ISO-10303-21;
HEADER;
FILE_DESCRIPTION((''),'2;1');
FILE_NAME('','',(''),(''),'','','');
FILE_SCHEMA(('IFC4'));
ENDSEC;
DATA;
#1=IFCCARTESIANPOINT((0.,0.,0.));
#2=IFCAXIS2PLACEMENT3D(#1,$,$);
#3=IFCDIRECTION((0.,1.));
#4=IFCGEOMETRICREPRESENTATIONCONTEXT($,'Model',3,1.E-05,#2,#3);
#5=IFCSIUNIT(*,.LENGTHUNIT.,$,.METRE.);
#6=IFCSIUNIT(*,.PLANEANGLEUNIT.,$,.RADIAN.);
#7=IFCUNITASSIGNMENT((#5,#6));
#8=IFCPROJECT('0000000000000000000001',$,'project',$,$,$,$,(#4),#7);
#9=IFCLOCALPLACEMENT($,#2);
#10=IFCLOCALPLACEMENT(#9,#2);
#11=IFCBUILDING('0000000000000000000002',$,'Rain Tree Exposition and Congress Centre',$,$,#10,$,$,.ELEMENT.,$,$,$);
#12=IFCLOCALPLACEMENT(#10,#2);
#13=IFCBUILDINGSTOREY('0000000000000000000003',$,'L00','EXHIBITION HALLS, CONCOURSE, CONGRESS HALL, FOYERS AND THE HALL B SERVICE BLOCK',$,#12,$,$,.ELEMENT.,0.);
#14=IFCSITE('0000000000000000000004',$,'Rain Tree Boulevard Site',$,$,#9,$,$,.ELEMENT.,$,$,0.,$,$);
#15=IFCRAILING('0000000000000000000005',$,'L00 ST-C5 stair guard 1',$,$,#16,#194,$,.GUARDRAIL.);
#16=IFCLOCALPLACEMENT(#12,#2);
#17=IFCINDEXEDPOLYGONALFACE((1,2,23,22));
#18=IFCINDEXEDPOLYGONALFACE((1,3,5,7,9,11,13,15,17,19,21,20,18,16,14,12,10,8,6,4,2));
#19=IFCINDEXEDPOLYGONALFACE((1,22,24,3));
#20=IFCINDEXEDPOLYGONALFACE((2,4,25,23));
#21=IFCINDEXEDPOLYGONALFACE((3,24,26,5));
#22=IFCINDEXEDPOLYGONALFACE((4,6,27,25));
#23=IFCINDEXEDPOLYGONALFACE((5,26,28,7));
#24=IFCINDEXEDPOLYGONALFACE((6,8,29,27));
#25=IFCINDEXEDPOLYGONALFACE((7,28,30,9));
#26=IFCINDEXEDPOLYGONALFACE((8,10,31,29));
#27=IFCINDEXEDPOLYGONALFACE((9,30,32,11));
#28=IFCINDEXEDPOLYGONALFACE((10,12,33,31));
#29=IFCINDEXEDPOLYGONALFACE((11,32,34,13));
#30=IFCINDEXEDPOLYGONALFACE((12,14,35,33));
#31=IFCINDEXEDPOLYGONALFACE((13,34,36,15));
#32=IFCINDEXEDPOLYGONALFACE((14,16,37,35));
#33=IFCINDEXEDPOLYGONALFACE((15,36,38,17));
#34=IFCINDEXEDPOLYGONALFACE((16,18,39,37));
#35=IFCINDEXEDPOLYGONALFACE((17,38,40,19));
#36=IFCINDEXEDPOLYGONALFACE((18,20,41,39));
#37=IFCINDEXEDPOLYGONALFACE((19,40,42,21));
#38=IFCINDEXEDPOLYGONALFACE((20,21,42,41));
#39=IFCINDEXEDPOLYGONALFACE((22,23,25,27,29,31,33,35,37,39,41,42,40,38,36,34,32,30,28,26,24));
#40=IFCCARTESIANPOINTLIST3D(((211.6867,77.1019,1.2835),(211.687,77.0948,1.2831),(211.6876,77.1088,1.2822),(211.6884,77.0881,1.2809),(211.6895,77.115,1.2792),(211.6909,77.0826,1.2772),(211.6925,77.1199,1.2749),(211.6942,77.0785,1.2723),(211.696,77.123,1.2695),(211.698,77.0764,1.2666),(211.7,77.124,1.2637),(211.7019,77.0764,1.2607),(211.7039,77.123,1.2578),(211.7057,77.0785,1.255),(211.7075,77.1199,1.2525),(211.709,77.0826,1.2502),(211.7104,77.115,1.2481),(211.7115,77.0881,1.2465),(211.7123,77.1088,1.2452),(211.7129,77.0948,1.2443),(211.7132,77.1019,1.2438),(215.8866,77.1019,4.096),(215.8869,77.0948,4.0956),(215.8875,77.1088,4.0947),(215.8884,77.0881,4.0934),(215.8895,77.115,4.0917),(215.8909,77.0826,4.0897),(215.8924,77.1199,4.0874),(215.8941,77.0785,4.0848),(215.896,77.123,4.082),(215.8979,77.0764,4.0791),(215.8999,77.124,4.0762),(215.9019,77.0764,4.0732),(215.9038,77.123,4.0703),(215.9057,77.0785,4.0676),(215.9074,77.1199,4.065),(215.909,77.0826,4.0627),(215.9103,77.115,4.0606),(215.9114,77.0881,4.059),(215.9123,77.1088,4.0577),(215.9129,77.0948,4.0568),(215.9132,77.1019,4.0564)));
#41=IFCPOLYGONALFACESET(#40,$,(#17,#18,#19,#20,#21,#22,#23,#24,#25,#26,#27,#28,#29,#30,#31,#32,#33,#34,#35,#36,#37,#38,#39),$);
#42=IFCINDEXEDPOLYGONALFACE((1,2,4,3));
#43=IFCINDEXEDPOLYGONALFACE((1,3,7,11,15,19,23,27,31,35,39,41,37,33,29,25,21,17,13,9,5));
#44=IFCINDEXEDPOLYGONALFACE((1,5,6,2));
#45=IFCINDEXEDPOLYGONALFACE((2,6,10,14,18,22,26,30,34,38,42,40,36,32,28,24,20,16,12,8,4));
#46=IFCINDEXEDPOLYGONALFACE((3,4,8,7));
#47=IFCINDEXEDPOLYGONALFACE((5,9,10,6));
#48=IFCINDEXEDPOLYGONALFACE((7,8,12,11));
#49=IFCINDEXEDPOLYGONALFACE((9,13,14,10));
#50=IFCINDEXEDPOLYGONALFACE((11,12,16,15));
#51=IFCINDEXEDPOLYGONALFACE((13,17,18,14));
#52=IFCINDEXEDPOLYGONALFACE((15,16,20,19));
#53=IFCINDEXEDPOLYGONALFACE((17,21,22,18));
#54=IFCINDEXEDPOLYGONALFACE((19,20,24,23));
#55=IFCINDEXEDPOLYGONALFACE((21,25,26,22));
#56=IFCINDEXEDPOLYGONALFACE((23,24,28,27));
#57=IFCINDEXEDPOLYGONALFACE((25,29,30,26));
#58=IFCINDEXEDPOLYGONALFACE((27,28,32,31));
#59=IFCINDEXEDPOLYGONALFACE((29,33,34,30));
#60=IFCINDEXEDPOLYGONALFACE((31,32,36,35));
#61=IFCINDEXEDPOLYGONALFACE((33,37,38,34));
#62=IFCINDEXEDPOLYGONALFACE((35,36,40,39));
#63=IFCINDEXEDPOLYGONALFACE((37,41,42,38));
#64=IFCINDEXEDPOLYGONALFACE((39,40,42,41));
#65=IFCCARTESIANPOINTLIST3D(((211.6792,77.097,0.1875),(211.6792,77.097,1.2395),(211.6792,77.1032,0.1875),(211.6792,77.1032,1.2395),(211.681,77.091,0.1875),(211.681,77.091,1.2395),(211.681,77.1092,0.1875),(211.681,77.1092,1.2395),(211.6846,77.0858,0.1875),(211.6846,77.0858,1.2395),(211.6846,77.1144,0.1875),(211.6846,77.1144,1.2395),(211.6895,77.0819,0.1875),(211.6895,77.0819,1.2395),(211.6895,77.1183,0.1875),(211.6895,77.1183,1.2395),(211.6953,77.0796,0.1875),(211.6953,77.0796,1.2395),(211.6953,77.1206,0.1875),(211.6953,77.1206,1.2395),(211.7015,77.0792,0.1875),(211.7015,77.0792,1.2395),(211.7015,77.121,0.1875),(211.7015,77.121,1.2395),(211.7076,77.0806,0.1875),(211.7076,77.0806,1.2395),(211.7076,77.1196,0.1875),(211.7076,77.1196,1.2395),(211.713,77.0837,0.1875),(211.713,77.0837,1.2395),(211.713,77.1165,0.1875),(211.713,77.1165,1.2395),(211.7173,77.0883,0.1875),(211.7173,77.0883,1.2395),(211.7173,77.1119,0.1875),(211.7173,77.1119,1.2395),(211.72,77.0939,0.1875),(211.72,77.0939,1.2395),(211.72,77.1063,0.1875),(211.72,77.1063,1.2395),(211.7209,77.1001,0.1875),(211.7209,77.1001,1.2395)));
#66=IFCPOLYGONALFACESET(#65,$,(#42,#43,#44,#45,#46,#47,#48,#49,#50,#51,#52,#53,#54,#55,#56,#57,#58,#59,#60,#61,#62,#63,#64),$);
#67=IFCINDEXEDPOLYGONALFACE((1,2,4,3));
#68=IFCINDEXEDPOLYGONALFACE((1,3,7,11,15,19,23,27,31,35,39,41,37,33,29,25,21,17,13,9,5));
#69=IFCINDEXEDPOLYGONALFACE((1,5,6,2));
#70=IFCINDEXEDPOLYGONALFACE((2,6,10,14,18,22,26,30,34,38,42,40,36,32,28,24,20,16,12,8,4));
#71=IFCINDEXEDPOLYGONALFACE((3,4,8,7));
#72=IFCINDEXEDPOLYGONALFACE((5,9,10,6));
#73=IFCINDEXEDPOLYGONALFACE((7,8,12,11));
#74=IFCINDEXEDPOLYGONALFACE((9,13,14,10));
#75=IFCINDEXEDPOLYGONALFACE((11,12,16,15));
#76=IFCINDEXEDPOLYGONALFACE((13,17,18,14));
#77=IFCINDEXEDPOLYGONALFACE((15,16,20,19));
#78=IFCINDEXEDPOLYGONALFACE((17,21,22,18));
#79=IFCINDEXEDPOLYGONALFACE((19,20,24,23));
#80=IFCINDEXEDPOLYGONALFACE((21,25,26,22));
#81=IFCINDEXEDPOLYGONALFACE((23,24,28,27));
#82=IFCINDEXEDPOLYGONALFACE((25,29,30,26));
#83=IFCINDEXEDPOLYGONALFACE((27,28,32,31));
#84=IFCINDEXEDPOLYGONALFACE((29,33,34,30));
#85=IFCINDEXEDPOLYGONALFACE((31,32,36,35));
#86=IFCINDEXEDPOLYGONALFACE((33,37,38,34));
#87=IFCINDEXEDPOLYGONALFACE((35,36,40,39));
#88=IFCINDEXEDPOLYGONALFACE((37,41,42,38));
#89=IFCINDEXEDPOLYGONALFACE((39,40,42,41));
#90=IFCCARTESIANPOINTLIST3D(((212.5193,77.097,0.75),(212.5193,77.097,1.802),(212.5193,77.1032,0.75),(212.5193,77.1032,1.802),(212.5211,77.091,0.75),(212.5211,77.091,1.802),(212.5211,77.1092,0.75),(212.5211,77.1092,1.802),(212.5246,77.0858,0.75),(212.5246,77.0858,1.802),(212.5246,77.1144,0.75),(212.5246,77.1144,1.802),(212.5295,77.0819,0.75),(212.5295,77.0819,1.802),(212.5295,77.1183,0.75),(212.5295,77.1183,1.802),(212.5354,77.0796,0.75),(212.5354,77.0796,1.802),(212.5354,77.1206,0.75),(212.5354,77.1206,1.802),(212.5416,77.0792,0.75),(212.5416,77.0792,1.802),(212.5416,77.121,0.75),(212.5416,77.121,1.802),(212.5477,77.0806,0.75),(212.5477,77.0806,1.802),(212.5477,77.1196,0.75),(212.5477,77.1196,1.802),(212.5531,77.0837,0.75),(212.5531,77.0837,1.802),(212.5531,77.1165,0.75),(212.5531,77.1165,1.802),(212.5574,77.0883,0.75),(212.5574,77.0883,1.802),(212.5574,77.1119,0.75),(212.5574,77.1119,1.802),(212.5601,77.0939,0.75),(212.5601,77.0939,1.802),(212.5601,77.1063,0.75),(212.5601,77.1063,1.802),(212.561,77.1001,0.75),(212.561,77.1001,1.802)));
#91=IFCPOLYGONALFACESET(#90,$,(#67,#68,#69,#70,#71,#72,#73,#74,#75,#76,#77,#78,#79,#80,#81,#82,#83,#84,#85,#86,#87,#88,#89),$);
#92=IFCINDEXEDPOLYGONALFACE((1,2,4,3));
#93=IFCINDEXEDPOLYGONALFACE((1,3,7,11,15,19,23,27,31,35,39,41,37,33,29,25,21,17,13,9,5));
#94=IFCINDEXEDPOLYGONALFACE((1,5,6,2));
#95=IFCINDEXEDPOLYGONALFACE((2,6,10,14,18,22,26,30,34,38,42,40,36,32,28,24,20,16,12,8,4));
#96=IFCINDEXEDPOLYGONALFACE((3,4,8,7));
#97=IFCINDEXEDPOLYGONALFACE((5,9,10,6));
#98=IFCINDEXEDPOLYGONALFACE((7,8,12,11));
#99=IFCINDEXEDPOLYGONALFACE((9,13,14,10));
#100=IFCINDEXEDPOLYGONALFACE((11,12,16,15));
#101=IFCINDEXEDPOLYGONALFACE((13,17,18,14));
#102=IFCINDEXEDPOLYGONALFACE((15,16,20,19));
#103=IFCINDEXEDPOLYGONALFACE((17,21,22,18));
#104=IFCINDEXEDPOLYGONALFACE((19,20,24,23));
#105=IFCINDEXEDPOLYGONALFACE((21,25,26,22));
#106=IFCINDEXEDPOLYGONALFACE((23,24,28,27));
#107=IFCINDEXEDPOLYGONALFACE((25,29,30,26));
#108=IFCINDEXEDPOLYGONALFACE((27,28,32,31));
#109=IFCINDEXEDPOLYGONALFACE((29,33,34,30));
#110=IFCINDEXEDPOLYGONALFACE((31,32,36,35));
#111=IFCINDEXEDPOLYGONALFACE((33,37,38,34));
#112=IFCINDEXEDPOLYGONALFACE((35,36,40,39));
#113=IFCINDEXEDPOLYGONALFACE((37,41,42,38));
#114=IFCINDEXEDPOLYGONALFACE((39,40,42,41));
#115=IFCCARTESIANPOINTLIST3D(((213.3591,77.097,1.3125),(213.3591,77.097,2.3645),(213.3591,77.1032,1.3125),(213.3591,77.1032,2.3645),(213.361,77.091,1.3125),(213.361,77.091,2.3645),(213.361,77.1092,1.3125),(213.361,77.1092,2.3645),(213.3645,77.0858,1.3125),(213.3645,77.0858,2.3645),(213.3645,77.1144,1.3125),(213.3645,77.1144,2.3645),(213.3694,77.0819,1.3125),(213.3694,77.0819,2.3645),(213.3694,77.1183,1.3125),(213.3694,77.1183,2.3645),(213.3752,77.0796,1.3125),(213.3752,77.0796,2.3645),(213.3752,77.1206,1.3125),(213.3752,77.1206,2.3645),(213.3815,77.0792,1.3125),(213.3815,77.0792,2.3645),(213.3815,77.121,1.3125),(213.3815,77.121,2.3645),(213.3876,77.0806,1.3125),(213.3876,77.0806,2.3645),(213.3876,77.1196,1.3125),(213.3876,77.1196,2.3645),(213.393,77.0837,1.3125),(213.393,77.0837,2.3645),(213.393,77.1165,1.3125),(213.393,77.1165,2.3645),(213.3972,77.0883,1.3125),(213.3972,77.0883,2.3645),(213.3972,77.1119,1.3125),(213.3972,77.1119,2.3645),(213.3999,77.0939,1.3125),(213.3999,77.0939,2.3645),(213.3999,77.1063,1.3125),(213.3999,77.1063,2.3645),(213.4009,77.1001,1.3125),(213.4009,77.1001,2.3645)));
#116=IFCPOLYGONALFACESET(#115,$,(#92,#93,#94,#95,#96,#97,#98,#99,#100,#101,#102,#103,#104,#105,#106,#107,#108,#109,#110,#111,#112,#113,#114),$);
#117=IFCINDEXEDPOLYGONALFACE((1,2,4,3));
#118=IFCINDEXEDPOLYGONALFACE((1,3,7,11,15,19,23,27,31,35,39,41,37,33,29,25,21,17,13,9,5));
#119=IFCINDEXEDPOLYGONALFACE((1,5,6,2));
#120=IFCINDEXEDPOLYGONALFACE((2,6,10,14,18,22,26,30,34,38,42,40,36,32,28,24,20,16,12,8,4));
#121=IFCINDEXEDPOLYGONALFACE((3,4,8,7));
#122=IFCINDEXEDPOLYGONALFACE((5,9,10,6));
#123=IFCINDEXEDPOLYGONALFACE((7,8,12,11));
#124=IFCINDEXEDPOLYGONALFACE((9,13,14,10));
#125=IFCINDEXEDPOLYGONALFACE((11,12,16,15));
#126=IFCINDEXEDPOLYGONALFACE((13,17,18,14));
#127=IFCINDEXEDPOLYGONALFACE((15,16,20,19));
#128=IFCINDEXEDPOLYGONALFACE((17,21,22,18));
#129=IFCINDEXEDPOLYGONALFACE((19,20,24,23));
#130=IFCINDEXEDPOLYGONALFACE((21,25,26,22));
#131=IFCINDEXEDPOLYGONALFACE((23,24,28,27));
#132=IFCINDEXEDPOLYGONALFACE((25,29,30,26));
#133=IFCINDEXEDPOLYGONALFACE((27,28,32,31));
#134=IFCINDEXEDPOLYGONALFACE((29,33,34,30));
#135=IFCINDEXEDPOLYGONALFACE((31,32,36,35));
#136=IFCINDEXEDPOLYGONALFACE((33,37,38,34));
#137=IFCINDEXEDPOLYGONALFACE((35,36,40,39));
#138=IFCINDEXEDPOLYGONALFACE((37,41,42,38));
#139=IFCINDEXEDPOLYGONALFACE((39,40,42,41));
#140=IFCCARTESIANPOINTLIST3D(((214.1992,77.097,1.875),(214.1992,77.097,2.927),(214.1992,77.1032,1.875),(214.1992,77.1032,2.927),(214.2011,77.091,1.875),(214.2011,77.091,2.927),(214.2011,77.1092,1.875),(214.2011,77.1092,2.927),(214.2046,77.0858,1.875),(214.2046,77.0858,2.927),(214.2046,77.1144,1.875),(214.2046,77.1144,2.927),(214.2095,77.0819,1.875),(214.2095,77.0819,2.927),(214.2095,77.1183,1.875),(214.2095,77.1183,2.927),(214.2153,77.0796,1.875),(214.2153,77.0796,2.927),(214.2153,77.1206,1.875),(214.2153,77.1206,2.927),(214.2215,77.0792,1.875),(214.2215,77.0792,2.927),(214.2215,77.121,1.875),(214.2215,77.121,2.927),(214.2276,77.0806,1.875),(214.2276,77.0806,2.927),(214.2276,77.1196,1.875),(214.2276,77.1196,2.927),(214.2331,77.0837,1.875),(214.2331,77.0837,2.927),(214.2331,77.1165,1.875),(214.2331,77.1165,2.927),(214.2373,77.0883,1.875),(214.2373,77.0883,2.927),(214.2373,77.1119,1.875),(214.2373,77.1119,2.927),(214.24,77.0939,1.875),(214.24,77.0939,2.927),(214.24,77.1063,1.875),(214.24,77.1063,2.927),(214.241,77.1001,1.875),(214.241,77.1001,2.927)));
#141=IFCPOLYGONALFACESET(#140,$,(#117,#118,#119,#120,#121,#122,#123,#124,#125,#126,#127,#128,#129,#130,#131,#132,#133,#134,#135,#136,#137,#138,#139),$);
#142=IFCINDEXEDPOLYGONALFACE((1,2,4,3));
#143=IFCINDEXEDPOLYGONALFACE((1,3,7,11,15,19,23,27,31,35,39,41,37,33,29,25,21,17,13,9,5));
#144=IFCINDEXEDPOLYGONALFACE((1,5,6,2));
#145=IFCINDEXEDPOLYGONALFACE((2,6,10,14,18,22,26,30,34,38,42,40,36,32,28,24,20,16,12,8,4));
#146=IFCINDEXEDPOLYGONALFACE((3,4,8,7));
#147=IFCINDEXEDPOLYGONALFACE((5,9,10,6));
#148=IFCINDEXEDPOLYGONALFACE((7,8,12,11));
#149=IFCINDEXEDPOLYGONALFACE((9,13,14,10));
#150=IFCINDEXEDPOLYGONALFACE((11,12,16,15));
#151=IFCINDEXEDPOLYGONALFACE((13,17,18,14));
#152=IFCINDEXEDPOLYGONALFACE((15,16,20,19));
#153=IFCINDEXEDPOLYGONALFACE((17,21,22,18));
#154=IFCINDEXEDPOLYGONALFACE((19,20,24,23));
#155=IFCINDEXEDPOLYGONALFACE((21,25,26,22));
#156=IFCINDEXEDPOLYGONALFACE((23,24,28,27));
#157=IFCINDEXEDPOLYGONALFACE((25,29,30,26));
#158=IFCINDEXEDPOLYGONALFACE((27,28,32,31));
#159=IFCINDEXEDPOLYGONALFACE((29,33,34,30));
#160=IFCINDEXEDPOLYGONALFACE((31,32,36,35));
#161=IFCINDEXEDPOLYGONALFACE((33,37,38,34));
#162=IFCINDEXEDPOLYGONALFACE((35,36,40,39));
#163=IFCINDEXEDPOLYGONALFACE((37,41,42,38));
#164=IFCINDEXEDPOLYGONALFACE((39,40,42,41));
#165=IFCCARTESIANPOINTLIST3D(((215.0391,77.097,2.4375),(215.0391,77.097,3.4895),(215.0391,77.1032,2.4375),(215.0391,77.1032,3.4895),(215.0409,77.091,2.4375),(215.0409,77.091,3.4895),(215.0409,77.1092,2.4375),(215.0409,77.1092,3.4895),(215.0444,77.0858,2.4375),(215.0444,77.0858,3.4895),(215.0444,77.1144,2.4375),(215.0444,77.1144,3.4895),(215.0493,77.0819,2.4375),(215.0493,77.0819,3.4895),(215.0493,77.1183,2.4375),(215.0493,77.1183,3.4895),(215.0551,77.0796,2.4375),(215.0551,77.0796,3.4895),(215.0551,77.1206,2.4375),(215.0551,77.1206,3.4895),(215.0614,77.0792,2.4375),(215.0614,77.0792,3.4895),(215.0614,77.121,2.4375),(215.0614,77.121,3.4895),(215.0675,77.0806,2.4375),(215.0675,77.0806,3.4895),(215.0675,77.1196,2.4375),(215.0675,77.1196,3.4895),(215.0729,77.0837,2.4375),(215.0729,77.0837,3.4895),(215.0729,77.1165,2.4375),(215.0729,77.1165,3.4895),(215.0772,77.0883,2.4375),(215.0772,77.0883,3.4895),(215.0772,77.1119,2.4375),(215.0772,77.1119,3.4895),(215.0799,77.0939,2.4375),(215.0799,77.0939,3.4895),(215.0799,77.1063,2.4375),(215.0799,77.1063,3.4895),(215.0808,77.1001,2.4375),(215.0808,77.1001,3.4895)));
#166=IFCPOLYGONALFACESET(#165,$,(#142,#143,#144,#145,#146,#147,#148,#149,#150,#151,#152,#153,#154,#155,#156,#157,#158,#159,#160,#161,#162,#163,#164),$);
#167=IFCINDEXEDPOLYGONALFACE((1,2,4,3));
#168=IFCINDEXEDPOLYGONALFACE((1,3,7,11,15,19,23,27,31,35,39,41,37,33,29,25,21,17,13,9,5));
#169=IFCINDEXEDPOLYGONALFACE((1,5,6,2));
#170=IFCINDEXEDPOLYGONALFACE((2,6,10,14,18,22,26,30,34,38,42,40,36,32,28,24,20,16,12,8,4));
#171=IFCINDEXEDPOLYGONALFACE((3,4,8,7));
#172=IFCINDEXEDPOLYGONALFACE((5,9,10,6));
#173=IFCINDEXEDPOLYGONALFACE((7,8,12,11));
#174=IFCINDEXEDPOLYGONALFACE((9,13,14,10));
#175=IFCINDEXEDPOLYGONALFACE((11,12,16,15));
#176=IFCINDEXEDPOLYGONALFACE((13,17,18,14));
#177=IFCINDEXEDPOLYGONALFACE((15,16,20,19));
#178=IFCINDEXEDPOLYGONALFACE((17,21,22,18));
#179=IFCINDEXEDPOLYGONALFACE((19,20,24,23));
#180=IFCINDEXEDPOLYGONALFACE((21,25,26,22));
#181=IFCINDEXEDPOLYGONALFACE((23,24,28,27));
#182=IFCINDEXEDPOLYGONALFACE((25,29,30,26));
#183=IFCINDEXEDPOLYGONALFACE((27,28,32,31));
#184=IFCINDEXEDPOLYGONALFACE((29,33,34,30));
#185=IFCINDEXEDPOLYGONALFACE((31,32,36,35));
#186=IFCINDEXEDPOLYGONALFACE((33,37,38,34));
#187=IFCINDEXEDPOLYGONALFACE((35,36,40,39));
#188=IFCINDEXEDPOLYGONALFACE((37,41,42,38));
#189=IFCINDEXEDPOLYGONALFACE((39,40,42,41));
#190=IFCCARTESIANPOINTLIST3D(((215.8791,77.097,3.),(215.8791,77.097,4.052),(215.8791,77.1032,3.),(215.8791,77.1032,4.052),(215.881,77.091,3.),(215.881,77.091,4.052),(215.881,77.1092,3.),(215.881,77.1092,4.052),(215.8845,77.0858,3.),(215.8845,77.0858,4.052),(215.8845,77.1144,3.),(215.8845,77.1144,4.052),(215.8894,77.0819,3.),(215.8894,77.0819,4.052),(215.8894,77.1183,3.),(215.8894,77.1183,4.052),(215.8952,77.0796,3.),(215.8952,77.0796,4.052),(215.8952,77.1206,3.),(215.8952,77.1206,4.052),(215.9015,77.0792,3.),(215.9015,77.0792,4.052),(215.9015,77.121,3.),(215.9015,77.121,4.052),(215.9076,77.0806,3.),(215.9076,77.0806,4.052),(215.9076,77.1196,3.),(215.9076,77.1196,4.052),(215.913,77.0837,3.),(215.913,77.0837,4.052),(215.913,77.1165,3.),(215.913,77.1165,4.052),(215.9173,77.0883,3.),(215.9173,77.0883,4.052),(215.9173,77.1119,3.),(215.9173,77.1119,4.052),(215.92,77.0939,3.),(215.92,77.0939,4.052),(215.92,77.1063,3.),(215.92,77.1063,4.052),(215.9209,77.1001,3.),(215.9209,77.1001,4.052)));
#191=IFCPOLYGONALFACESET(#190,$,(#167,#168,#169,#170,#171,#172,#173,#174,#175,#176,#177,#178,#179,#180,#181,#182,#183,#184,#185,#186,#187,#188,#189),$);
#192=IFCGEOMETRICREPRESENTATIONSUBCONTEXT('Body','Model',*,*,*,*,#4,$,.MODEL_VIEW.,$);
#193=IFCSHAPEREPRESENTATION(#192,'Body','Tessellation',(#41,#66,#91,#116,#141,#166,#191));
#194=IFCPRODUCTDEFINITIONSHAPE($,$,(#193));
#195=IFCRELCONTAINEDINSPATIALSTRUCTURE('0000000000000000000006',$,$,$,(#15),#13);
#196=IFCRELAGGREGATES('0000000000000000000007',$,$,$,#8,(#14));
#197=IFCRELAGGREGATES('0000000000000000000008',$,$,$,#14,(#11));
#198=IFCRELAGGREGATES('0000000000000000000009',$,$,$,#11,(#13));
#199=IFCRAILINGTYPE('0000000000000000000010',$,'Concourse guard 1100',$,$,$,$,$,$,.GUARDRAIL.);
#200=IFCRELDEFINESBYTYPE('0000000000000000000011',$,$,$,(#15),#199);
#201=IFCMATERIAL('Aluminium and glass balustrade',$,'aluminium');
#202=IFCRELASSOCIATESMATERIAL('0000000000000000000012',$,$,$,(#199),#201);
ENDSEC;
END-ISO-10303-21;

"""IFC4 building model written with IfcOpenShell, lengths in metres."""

from ifc_helpers import new_model, si_unit, direction, frame, origin, origin_2d, place, context, subcontext, project, spatial, circle, extrude, material, type_object, element, save


model = new_model("IFC4")

# Units and contexts
model_context = context("Model", 3, precision=1e-05, world=origin(), true_north=direction((0.0, 1.0)))
body_context = subcontext(model_context, "Body", "Model", "MODEL_VIEW")
ifc_project = project(units=[si_unit("LENGTHUNIT", "METRE"), si_unit("PLANEANGLEUNIT", "RADIAN")], contexts=[model_context])

# Site, building, storey
site_placement = place(None, origin())
site = spatial("IfcSite", under=ifc_project, at=site_placement, Name="Rain Tree Boulevard Site", CompositionType="ELEMENT", RefElevation=0.0)
building_placement = place(site_placement, origin())
building = spatial("IfcBuilding", under=site, at=building_placement, Name="Rain Tree Exposition and Congress Centre", CompositionType="ELEMENT")
storey_placement = place(building_placement, origin())
storey = spatial("IfcBuildingStorey", under=building, at=storey_placement, Name="L00", Description="EXHIBITION HALLS, CONCOURSE, CONGRESS HALL, FOYERS AND THE HALL B SERVICE BLOCK", CompositionType="ELEMENT", Elevation=0.0)

# Railing
ifc_material_1 = material(Name="Aluminium and glass balustrade", Category="aluminium")
railing_type_1 = type_object("IfcRailingType", Name="Concourse guard 1100", PredefinedType="GUARDRAIL", material=ifc_material_1)
railing_1_placement = place(storey_placement, frame((211.7, 77.1001, 0.1875)))
element("IfcRailing", 1, at=railing_1_placement, inside=storey, type_object=railing_type_1, Name="L00 ST-C5 stair guard 1", PredefinedType="GUARDRAIL", context=body_context, shape_type="SweptSolid", body=[
    extrude(circle(Radius=0.0239, at=origin_2d()), frame((0.0, 0.0, 1.0762), z_axis=(0.830904, 0.0, 0.556416), x_axis=(0.0, 1.0, 0.0)), (0.0, 0.0, 1.0), 5.0547),
    extrude(circle(Radius=0.021, at=origin_2d()), origin(), (0.0, 0.0, 1.0), 1.052),
    extrude(circle(Radius=0.021, at=origin_2d()), frame((0.8401, 0.0, 0.5625)), (0.0, 0.0, 1.0), 1.052),
    extrude(circle(Radius=0.021, at=origin_2d()), frame((1.6799, 0.0, 1.125)), (0.0, 0.0, 1.0), 1.052),
    extrude(circle(Radius=0.021, at=origin_2d()), frame((2.52, 0.0, 1.6875)), (0.0, 0.0, 1.0), 1.052),
    extrude(circle(Radius=0.021, at=origin_2d()), frame((3.3599, 0.0, 2.25)), (0.0, 0.0, 1.0), 1.052),
    extrude(circle(Radius=0.021, at=origin_2d()), frame((4.2, 0.0, 2.8125)), (0.0, 0.0, 1.0), 1.052),
])

save(model, "model.ifc")
